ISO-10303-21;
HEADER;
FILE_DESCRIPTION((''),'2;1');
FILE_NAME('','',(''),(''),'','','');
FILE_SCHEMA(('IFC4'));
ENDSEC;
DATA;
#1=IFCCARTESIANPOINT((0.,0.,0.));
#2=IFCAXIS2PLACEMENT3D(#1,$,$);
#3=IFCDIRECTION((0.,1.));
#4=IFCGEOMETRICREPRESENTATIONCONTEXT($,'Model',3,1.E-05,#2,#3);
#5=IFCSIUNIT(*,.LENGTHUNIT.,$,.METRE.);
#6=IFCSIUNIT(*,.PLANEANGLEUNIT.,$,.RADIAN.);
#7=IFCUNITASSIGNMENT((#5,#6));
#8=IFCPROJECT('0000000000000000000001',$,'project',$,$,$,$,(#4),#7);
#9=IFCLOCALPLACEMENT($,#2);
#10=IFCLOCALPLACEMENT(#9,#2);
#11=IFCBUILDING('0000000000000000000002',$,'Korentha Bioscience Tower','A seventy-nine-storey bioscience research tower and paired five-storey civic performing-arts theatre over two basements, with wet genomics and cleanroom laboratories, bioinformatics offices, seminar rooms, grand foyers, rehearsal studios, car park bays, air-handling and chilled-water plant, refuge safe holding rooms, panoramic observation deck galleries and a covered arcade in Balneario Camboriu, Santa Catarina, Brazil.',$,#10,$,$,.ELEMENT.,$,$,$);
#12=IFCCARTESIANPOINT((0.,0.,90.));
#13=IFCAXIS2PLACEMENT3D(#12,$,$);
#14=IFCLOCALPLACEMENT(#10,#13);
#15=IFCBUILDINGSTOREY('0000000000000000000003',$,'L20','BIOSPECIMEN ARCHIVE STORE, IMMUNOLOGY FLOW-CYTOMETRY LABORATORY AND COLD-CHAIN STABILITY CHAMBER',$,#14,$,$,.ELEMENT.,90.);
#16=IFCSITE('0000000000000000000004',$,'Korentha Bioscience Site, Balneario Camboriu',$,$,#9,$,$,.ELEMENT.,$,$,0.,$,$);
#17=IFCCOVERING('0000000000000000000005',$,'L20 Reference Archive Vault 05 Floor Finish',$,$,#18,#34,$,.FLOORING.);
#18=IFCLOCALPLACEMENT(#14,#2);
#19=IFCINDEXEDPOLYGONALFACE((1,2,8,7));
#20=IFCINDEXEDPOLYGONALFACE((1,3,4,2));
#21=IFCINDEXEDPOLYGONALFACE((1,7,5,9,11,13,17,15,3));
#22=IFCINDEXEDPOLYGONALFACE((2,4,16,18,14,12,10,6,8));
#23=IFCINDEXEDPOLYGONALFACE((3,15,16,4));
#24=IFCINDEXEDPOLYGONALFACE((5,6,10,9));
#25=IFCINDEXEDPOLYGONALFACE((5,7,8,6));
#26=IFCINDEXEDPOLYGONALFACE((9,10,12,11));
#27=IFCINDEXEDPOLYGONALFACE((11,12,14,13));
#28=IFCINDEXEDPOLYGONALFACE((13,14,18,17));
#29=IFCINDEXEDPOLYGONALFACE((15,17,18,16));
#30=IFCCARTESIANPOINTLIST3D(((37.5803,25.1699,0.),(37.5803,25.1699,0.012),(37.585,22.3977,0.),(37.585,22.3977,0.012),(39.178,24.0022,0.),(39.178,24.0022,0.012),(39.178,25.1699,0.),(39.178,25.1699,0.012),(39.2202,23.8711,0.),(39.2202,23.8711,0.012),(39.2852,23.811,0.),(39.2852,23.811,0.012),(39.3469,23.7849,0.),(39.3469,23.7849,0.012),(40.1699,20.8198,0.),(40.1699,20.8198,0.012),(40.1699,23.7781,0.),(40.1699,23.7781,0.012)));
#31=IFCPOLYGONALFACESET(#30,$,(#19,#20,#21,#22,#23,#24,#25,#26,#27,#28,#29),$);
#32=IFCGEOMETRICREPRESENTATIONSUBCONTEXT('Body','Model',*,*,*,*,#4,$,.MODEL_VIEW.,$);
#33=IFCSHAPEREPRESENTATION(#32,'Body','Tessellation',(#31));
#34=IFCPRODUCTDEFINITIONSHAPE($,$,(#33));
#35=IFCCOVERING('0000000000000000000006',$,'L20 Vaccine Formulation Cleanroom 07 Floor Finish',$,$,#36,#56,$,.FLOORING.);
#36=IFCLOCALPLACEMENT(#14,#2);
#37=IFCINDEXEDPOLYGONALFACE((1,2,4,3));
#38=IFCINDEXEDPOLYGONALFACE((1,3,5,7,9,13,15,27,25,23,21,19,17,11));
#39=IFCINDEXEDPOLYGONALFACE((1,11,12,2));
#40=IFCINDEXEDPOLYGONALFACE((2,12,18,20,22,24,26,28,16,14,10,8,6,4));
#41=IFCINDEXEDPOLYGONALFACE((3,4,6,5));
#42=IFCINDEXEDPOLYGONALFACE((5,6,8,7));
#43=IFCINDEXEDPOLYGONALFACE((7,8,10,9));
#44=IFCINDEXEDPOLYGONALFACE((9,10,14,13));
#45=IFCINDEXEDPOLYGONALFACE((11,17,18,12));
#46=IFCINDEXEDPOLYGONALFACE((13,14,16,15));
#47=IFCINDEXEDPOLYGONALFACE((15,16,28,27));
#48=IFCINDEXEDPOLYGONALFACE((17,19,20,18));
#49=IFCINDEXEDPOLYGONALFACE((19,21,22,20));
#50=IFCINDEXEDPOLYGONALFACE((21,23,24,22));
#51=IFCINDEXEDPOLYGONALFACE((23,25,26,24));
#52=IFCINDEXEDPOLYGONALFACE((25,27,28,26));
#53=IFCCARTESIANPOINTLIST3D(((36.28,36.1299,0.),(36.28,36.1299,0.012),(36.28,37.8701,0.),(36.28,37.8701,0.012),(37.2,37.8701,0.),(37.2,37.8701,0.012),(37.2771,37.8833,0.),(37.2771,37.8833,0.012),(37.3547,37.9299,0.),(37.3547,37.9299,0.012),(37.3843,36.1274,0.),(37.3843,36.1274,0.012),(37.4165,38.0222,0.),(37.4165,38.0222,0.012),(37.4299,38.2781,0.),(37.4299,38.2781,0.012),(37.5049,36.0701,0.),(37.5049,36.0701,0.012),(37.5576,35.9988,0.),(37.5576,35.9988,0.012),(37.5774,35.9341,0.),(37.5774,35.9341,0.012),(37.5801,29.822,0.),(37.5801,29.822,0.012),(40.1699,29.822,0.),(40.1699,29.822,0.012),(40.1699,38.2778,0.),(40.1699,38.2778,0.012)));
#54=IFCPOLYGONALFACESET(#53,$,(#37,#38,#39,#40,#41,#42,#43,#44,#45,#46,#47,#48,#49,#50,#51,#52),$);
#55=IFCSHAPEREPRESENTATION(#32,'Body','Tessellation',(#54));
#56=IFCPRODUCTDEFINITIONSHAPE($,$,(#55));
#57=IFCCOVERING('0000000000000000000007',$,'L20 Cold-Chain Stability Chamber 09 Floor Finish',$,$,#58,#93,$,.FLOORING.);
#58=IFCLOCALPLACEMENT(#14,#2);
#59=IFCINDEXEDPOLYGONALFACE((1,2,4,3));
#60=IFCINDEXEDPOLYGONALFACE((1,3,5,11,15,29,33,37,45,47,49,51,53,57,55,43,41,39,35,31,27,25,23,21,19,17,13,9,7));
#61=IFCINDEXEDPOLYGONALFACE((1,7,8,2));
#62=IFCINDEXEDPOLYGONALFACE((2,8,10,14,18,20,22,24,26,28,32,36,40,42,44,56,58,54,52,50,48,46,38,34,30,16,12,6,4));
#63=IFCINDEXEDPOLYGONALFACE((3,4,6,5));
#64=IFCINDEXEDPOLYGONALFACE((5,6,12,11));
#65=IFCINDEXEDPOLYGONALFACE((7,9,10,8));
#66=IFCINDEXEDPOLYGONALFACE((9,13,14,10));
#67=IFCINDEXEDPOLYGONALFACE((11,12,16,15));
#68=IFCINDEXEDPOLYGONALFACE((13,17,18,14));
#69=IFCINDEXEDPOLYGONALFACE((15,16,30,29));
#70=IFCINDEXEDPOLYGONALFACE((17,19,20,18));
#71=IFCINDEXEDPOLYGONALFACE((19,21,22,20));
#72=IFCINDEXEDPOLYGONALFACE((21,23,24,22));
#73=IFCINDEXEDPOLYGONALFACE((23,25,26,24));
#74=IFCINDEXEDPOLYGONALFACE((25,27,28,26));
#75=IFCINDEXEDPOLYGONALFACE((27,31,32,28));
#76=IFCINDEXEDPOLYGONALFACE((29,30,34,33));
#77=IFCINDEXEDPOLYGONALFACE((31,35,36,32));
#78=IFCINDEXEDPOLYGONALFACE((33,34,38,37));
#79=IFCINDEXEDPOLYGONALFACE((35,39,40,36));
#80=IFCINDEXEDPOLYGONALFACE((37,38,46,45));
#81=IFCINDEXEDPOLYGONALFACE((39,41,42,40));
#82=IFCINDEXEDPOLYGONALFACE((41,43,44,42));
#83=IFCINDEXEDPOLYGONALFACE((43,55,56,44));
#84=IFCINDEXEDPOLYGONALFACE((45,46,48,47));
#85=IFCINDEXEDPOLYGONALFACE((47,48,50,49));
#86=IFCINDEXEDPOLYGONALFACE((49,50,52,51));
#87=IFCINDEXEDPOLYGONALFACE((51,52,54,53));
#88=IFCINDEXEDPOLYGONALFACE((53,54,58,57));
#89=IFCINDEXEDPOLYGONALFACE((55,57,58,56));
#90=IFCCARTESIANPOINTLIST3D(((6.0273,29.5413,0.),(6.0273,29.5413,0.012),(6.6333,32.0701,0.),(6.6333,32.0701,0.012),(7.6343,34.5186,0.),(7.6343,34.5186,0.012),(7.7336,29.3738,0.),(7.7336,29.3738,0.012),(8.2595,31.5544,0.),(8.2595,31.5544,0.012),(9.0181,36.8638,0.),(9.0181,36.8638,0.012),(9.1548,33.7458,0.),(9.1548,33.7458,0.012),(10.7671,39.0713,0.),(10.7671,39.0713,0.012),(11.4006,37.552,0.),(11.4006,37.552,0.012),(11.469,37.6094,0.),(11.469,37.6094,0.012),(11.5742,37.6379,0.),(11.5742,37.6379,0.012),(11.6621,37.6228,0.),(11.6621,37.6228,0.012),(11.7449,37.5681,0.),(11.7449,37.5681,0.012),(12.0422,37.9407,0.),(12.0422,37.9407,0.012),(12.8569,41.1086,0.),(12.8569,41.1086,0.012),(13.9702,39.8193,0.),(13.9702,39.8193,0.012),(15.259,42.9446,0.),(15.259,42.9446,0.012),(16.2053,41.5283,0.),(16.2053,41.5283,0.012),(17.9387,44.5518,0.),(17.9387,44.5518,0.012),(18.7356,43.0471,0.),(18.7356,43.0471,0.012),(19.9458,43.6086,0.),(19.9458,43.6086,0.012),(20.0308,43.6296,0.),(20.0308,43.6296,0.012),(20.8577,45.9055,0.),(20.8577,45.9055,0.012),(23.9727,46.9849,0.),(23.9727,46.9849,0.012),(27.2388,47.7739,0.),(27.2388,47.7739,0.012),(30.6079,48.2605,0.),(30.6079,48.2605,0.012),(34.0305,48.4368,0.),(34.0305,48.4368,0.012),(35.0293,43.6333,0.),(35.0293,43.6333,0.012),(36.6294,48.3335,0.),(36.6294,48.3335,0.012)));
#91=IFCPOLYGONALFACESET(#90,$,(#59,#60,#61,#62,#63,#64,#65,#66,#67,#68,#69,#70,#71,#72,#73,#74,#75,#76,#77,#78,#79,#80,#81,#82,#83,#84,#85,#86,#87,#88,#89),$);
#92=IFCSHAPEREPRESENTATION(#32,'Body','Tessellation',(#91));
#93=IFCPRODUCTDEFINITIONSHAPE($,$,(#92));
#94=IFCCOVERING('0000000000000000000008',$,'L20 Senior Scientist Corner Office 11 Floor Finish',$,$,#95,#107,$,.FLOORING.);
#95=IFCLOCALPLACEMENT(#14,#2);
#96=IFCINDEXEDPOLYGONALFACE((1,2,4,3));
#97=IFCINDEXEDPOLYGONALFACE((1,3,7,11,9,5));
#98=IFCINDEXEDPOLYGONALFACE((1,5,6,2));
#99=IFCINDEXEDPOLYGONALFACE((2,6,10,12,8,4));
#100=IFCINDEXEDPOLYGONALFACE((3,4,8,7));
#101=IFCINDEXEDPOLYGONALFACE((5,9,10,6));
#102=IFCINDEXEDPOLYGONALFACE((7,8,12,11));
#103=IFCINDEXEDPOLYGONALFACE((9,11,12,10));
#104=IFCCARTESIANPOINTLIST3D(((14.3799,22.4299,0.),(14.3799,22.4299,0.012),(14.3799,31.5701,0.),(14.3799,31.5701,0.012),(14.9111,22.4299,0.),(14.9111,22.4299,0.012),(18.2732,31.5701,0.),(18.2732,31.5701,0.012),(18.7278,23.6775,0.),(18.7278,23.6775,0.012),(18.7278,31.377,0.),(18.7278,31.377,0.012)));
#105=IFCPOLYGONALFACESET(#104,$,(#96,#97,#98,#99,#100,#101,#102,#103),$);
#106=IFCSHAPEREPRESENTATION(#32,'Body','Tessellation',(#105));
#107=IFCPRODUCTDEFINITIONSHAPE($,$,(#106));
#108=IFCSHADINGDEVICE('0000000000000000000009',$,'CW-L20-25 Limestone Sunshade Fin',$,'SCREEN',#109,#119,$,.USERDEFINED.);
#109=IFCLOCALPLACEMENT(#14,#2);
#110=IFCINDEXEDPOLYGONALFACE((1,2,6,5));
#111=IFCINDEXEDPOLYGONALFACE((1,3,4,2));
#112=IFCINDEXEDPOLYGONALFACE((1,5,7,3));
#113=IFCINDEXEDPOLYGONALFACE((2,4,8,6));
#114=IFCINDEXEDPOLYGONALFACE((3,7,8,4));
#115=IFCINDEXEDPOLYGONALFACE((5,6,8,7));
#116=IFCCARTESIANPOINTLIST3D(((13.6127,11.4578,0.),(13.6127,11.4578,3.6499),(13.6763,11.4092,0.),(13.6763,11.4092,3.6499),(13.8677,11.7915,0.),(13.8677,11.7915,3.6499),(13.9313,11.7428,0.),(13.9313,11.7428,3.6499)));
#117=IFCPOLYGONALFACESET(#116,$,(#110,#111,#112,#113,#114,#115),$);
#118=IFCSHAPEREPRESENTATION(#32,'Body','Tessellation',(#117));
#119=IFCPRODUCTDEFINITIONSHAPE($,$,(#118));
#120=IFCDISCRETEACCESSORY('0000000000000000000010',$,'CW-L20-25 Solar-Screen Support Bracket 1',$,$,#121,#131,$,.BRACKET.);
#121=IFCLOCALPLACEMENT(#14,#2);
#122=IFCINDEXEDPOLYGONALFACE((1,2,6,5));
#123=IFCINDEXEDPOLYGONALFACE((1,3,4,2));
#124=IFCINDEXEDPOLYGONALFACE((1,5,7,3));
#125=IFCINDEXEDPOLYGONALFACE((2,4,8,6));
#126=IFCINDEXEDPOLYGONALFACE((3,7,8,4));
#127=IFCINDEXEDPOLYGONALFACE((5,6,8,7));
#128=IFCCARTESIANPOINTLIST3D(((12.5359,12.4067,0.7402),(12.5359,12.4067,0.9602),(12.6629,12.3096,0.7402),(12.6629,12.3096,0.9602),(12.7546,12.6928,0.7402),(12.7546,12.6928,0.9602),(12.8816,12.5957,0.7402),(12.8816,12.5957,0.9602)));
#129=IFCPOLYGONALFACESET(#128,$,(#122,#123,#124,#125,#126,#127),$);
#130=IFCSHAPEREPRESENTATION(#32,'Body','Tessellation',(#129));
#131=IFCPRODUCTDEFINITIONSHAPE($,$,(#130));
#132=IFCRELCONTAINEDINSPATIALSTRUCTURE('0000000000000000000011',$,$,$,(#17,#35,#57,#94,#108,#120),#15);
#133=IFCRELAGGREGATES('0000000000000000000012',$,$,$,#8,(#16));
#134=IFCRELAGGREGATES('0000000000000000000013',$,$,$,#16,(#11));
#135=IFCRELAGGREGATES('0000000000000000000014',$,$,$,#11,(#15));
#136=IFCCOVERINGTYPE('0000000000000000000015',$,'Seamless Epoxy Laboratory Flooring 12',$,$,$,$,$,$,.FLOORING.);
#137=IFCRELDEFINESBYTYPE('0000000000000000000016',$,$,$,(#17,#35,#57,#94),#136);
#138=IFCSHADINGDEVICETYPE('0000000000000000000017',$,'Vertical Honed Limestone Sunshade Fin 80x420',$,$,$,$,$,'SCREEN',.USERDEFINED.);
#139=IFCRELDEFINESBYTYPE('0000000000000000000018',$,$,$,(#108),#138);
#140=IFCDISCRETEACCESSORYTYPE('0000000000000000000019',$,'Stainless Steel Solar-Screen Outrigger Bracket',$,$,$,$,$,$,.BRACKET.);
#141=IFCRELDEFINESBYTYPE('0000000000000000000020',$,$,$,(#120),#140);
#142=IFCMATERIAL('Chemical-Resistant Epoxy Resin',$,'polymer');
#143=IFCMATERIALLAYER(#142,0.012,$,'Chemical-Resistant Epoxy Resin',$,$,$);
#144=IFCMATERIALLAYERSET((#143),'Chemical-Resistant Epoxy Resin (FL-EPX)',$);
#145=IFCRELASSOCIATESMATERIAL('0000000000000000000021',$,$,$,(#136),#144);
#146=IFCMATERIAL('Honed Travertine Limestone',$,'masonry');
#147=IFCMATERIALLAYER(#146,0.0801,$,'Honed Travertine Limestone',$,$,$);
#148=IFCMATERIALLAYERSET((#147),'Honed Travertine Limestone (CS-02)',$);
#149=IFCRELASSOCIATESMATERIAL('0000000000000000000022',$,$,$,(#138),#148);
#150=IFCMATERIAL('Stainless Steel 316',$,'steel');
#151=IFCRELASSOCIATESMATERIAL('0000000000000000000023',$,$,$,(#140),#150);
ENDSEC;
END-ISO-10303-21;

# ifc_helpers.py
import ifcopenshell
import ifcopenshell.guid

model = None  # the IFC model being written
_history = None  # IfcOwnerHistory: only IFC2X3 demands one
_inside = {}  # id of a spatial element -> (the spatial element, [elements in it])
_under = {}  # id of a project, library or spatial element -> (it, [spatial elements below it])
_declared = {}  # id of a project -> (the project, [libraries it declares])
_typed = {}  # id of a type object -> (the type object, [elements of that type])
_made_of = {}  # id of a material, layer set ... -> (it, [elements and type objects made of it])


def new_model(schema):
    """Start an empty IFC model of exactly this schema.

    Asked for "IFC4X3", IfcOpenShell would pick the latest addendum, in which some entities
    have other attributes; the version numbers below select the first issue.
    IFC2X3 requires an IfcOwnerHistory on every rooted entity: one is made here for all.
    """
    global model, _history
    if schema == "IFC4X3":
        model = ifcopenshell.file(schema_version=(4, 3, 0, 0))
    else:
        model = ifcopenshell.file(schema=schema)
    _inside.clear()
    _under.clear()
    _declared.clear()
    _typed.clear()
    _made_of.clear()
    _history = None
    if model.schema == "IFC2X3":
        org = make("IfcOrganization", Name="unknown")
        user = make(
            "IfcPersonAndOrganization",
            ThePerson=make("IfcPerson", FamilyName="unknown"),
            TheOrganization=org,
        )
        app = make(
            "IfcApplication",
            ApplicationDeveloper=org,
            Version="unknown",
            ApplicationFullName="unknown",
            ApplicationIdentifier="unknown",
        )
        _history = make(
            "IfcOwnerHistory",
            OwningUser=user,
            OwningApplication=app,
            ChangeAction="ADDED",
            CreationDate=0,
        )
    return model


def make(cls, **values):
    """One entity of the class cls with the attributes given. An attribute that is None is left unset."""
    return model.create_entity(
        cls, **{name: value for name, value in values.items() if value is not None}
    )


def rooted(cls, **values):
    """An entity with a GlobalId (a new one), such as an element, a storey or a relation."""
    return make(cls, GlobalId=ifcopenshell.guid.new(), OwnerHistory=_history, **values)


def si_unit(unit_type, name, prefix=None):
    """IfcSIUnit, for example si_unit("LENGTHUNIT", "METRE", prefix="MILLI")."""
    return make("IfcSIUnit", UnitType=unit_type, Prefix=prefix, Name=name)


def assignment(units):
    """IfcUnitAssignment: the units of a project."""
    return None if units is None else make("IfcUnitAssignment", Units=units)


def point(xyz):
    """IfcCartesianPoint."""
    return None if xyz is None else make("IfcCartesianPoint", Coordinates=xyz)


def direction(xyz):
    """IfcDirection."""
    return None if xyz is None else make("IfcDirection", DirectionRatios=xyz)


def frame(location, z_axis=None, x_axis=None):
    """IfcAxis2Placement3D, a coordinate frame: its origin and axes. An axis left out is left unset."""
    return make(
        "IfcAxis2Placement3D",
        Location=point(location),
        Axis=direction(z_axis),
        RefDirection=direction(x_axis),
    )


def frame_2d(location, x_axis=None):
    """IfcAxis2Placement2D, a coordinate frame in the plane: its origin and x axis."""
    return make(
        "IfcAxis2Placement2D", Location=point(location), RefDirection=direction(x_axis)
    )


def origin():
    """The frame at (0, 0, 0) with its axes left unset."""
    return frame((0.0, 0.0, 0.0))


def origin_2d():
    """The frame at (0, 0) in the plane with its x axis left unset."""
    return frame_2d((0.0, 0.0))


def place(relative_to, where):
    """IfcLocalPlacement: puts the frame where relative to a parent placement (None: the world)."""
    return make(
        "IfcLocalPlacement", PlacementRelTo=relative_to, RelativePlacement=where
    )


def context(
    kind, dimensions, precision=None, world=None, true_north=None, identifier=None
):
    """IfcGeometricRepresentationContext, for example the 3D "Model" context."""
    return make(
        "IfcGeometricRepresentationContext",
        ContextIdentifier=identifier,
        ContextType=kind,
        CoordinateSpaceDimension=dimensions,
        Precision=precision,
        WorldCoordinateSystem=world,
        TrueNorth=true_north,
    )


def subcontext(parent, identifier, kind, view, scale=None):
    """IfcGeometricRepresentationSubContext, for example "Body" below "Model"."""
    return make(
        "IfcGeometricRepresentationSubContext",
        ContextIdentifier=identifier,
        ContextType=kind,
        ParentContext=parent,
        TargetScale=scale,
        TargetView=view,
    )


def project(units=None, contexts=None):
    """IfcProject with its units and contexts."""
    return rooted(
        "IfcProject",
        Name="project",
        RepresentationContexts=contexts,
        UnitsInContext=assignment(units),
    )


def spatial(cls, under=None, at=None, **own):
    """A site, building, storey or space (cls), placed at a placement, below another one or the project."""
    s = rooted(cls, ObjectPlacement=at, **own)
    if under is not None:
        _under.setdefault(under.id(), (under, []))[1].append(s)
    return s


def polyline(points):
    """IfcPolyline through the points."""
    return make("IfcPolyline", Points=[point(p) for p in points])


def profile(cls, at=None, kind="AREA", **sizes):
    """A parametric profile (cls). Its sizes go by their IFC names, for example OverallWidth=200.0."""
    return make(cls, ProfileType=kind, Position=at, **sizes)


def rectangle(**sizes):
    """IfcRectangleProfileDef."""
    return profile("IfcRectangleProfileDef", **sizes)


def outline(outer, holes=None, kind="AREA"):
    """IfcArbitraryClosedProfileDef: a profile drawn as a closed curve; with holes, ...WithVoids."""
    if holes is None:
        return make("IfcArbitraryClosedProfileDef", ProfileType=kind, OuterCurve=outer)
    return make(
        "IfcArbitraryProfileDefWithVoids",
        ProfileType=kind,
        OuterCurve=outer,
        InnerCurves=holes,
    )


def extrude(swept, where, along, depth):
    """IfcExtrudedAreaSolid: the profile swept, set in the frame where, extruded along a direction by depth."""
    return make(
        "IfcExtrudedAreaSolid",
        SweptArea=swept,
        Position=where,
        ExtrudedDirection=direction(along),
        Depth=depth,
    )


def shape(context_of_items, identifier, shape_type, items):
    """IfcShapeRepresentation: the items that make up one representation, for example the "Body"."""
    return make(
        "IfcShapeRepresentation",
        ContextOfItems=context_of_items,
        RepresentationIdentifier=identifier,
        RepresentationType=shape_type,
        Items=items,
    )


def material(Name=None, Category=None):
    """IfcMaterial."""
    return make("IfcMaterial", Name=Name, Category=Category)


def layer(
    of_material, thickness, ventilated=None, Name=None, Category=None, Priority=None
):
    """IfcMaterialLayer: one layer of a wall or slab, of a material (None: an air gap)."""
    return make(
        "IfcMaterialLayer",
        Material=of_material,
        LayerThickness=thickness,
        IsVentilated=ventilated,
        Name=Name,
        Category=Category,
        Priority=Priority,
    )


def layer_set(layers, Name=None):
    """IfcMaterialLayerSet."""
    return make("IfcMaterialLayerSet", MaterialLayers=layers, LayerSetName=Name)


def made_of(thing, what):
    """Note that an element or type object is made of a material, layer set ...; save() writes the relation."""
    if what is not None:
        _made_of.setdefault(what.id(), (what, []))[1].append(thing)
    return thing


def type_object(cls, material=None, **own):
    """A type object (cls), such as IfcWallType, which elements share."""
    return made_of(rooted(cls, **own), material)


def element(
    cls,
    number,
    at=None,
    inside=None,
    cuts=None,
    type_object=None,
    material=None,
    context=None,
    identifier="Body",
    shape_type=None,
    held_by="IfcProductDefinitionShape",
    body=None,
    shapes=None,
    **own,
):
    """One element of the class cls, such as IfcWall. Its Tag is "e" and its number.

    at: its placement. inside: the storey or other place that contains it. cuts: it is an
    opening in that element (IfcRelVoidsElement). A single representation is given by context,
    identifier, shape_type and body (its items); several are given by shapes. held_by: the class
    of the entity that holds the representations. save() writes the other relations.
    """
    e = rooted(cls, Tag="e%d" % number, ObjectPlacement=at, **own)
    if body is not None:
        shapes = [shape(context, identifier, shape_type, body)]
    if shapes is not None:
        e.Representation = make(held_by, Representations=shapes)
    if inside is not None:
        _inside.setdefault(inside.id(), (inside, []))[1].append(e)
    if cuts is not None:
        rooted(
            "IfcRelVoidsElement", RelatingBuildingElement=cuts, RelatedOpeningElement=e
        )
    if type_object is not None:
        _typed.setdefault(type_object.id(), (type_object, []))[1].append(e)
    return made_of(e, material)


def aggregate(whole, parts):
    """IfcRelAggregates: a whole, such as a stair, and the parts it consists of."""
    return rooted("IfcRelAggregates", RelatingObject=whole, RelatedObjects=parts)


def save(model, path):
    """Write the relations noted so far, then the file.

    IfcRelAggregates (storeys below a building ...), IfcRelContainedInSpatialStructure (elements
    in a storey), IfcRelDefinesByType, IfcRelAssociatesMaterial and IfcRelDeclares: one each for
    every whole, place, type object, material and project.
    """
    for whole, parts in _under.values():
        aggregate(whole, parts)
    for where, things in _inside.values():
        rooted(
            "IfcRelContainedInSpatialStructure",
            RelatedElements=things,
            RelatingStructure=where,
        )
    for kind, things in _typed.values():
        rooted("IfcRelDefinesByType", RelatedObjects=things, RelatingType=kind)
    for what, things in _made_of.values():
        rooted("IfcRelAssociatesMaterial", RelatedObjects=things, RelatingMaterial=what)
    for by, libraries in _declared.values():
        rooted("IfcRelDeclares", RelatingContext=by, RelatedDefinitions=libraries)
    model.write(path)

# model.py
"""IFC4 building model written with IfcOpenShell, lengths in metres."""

from ifc_helpers import new_model, si_unit, direction, frame, origin, origin_2d, place, context, subcontext, project, spatial, polyline, rectangle, outline, extrude, material, layer, layer_set, type_object, element, save


model = new_model("IFC4")

# Units and contexts
model_context = context("Model", 3, precision=1e-05, world=origin(), true_north=direction((0.0, 1.0)))
body_context = subcontext(model_context, "Body", "Model", "MODEL_VIEW")
ifc_project = project(units=[si_unit("LENGTHUNIT", "METRE"), si_unit("PLANEANGLEUNIT", "RADIAN")], contexts=[model_context])

# Site, building, storey
site_placement = place(None, origin())
site = spatial("IfcSite", under=ifc_project, at=site_placement, Name="Korentha Bioscience Site, Balneario Camboriu", CompositionType="ELEMENT", RefElevation=0.0)
building_placement = place(site_placement, origin())
building = spatial("IfcBuilding", under=site, at=building_placement, Name="Korentha Bioscience Tower", Description="A seventy-nine-storey bioscience research tower and paired five-storey civic performing-arts theatre over two basements, with wet genomics and cleanroom laboratories, bioinformatics offices, seminar rooms, grand foyers, rehearsal studios, car park bays, air-handling and chilled-water plant, refuge safe holding rooms, panoramic observation deck galleries and a covered arcade in Balneario Camboriu, Santa Catarina, Brazil.", CompositionType="ELEMENT")
storey_placement = place(building_placement, frame((0.0, 0.0, 90.0)))
storey = spatial("IfcBuildingStorey", under=building, at=storey_placement, Name="L20", Description="BIOSPECIMEN ARCHIVE STORE, IMMUNOLOGY FLOW-CYTOMETRY LABORATORY AND COLD-CHAIN STABILITY CHAMBER", CompositionType="ELEMENT", Elevation=90.0)

# Coverings
ifc_material_1 = material(Name="Chemical-Resistant Epoxy Resin", Category="polymer")
ifc_layer_1 = layer(ifc_material_1, 0.012, Name="Chemical-Resistant Epoxy Resin")
ifc_layer_set_1 = layer_set([ifc_layer_1], Name="Chemical-Resistant Epoxy Resin (FL-EPX)")
covering_type_1 = type_object("IfcCoveringType", Name="Seamless Epoxy Laboratory Flooring 12", PredefinedType="FLOORING", material=ifc_layer_set_1)
covering_1_placement = place(storey_placement, origin())
element("IfcCovering", 1, at=covering_1_placement, inside=storey, type_object=covering_type_1, Name="L20 Reference Archive Vault 05 Floor Finish", PredefinedType="FLOORING", context=body_context, shape_type="SweptSolid", body=[
    extrude(outline(polyline([(39.178, 24.0022), (39.2202, 23.8711), (39.2852, 23.811), (39.3469, 23.7849), (40.1699, 23.7781), (40.1699, 20.8198), (37.585, 22.3977), (37.5803, 25.1699), (39.178, 25.1699), (39.178, 24.0022)])), origin(), (0.0, 0.0, 1.0), 0.012),
])
covering_2_placement = place(storey_placement, origin())
element("IfcCovering", 2, at=covering_2_placement, inside=storey, type_object=covering_type_1, Name="L20 Vaccine Formulation Cleanroom 07 Floor Finish", PredefinedType="FLOORING", context=body_context, shape_type="SweptSolid", body=[
    extrude(outline(polyline([(37.4299, 38.2781), (40.1699, 38.2778), (40.1699, 29.822), (37.5801, 29.822), (37.5774, 35.9341), (37.5576, 35.9988), (37.5049, 36.0701), (37.3843, 36.1274), (36.28, 36.1299), (36.28, 37.8701), (37.2, 37.8701), (37.2771, 37.8833), (37.3547, 37.9299), (37.4165, 38.0222), (37.4299, 38.2781)])), origin(), (0.0, 0.0, 1.0), 0.012),
])
covering_3_placement = place(storey_placement, origin())
element("IfcCovering", 3, at=covering_3_placement, inside=storey, type_object=covering_type_1, Name="L20 Cold-Chain Stability Chamber 09 Floor Finish", PredefinedType="FLOORING", context=body_context, shape_type="SweptSolid", body=[
    extrude(outline(polyline([(6.6333, 32.0701), (7.6343, 34.5186), (9.0181, 36.8638), (10.7671, 39.0713), (12.8569, 41.1086), (15.259, 42.9446), (17.9387, 44.5518), (20.8577, 45.9055), (23.9727, 46.9849), (27.2388, 47.7739), (30.6079, 48.2605), (34.0305, 48.4368), (36.6294, 48.3335), (35.0293, 43.6333), (20.0308, 43.6296), (19.9458, 43.6086), (18.7356, 43.0471), (16.2053, 41.5283), (13.9702, 39.8193), (12.0422, 37.9407), (11.7449, 37.5681), (11.6621, 37.6228), (11.5742, 37.6379), (11.469, 37.6094), (11.4006, 37.552), (9.1548, 33.7458), (8.2595, 31.5544), (7.7336, 29.3738), (6.0273, 29.5413), (6.6333, 32.0701)])), origin(), (0.0, 0.0, 1.0), 0.012),
])
covering_4_placement = place(storey_placement, origin())
element("IfcCovering", 4, at=covering_4_placement, inside=storey, type_object=covering_type_1, Name="L20 Senior Scientist Corner Office 11 Floor Finish", PredefinedType="FLOORING", context=body_context, shape_type="SweptSolid", body=[
    extrude(outline(polyline([(14.3799, 22.4299), (14.3799, 31.5701), (18.2732, 31.5701), (18.7278, 31.377), (18.7278, 23.6775), (14.9111, 22.4299), (14.3799, 22.4299)])), origin(), (0.0, 0.0, 1.0), 0.012),
])

# Shading device
ifc_material_2 = material(Name="Honed Travertine Limestone", Category="masonry")
ifc_layer_2 = layer(ifc_material_2, 0.0801, Name="Honed Travertine Limestone")
ifc_layer_set_2 = layer_set([ifc_layer_2], Name="Honed Travertine Limestone (CS-02)")
shading_device_type_1 = type_object("IfcShadingDeviceType", Name="Vertical Honed Limestone Sunshade Fin 80x420", ElementType="SCREEN", PredefinedType="USERDEFINED", material=ifc_layer_set_2)
shading_device_1_placement = place(storey_placement, frame((13.772, 11.6003, 0.0), z_axis=(0.0, 0.0, 1.0), x_axis=(0.7945, -0.607265, 0.0)))
element("IfcShadingDevice", 5, at=shading_device_1_placement, inside=storey, type_object=shading_device_type_1, Name="CW-L20-25 Limestone Sunshade Fin", ObjectType="SCREEN", PredefinedType="USERDEFINED", context=body_context, shape_type="SweptSolid", body=[
    extrude(rectangle(XDim=0.0801, YDim=0.4199, at=origin_2d()), origin(), (0.0, 0.0, 1.0), 3.6499),
])

# Discrete accessory
ifc_material_3 = material(Name="Stainless Steel 316", Category="steel")
discrete_accessory_type = type_object("IfcDiscreteAccessoryType", Name="Stainless Steel Solar-Screen Outrigger Bracket", PredefinedType="BRACKET", material=ifc_material_3)
discrete_accessory_placement = place(storey_placement, frame((12.7087, 12.5012, 0.7402), z_axis=(0.0, 0.0, 1.0), x_axis=(0.7945, -0.607265, 0.0)))
element("IfcDiscreteAccessory", 6, at=discrete_accessory_placement, inside=storey, type_object=discrete_accessory_type, Name="CW-L20-25 Solar-Screen Support Bracket 1", PredefinedType="BRACKET", context=body_context, shape_type="SweptSolid", body=[
    extrude(rectangle(XDim=0.1599, YDim=0.3601, at=origin_2d()), origin(), (0.0, 0.0, 1.0), 0.22),
])

save(model, "model.ifc")
